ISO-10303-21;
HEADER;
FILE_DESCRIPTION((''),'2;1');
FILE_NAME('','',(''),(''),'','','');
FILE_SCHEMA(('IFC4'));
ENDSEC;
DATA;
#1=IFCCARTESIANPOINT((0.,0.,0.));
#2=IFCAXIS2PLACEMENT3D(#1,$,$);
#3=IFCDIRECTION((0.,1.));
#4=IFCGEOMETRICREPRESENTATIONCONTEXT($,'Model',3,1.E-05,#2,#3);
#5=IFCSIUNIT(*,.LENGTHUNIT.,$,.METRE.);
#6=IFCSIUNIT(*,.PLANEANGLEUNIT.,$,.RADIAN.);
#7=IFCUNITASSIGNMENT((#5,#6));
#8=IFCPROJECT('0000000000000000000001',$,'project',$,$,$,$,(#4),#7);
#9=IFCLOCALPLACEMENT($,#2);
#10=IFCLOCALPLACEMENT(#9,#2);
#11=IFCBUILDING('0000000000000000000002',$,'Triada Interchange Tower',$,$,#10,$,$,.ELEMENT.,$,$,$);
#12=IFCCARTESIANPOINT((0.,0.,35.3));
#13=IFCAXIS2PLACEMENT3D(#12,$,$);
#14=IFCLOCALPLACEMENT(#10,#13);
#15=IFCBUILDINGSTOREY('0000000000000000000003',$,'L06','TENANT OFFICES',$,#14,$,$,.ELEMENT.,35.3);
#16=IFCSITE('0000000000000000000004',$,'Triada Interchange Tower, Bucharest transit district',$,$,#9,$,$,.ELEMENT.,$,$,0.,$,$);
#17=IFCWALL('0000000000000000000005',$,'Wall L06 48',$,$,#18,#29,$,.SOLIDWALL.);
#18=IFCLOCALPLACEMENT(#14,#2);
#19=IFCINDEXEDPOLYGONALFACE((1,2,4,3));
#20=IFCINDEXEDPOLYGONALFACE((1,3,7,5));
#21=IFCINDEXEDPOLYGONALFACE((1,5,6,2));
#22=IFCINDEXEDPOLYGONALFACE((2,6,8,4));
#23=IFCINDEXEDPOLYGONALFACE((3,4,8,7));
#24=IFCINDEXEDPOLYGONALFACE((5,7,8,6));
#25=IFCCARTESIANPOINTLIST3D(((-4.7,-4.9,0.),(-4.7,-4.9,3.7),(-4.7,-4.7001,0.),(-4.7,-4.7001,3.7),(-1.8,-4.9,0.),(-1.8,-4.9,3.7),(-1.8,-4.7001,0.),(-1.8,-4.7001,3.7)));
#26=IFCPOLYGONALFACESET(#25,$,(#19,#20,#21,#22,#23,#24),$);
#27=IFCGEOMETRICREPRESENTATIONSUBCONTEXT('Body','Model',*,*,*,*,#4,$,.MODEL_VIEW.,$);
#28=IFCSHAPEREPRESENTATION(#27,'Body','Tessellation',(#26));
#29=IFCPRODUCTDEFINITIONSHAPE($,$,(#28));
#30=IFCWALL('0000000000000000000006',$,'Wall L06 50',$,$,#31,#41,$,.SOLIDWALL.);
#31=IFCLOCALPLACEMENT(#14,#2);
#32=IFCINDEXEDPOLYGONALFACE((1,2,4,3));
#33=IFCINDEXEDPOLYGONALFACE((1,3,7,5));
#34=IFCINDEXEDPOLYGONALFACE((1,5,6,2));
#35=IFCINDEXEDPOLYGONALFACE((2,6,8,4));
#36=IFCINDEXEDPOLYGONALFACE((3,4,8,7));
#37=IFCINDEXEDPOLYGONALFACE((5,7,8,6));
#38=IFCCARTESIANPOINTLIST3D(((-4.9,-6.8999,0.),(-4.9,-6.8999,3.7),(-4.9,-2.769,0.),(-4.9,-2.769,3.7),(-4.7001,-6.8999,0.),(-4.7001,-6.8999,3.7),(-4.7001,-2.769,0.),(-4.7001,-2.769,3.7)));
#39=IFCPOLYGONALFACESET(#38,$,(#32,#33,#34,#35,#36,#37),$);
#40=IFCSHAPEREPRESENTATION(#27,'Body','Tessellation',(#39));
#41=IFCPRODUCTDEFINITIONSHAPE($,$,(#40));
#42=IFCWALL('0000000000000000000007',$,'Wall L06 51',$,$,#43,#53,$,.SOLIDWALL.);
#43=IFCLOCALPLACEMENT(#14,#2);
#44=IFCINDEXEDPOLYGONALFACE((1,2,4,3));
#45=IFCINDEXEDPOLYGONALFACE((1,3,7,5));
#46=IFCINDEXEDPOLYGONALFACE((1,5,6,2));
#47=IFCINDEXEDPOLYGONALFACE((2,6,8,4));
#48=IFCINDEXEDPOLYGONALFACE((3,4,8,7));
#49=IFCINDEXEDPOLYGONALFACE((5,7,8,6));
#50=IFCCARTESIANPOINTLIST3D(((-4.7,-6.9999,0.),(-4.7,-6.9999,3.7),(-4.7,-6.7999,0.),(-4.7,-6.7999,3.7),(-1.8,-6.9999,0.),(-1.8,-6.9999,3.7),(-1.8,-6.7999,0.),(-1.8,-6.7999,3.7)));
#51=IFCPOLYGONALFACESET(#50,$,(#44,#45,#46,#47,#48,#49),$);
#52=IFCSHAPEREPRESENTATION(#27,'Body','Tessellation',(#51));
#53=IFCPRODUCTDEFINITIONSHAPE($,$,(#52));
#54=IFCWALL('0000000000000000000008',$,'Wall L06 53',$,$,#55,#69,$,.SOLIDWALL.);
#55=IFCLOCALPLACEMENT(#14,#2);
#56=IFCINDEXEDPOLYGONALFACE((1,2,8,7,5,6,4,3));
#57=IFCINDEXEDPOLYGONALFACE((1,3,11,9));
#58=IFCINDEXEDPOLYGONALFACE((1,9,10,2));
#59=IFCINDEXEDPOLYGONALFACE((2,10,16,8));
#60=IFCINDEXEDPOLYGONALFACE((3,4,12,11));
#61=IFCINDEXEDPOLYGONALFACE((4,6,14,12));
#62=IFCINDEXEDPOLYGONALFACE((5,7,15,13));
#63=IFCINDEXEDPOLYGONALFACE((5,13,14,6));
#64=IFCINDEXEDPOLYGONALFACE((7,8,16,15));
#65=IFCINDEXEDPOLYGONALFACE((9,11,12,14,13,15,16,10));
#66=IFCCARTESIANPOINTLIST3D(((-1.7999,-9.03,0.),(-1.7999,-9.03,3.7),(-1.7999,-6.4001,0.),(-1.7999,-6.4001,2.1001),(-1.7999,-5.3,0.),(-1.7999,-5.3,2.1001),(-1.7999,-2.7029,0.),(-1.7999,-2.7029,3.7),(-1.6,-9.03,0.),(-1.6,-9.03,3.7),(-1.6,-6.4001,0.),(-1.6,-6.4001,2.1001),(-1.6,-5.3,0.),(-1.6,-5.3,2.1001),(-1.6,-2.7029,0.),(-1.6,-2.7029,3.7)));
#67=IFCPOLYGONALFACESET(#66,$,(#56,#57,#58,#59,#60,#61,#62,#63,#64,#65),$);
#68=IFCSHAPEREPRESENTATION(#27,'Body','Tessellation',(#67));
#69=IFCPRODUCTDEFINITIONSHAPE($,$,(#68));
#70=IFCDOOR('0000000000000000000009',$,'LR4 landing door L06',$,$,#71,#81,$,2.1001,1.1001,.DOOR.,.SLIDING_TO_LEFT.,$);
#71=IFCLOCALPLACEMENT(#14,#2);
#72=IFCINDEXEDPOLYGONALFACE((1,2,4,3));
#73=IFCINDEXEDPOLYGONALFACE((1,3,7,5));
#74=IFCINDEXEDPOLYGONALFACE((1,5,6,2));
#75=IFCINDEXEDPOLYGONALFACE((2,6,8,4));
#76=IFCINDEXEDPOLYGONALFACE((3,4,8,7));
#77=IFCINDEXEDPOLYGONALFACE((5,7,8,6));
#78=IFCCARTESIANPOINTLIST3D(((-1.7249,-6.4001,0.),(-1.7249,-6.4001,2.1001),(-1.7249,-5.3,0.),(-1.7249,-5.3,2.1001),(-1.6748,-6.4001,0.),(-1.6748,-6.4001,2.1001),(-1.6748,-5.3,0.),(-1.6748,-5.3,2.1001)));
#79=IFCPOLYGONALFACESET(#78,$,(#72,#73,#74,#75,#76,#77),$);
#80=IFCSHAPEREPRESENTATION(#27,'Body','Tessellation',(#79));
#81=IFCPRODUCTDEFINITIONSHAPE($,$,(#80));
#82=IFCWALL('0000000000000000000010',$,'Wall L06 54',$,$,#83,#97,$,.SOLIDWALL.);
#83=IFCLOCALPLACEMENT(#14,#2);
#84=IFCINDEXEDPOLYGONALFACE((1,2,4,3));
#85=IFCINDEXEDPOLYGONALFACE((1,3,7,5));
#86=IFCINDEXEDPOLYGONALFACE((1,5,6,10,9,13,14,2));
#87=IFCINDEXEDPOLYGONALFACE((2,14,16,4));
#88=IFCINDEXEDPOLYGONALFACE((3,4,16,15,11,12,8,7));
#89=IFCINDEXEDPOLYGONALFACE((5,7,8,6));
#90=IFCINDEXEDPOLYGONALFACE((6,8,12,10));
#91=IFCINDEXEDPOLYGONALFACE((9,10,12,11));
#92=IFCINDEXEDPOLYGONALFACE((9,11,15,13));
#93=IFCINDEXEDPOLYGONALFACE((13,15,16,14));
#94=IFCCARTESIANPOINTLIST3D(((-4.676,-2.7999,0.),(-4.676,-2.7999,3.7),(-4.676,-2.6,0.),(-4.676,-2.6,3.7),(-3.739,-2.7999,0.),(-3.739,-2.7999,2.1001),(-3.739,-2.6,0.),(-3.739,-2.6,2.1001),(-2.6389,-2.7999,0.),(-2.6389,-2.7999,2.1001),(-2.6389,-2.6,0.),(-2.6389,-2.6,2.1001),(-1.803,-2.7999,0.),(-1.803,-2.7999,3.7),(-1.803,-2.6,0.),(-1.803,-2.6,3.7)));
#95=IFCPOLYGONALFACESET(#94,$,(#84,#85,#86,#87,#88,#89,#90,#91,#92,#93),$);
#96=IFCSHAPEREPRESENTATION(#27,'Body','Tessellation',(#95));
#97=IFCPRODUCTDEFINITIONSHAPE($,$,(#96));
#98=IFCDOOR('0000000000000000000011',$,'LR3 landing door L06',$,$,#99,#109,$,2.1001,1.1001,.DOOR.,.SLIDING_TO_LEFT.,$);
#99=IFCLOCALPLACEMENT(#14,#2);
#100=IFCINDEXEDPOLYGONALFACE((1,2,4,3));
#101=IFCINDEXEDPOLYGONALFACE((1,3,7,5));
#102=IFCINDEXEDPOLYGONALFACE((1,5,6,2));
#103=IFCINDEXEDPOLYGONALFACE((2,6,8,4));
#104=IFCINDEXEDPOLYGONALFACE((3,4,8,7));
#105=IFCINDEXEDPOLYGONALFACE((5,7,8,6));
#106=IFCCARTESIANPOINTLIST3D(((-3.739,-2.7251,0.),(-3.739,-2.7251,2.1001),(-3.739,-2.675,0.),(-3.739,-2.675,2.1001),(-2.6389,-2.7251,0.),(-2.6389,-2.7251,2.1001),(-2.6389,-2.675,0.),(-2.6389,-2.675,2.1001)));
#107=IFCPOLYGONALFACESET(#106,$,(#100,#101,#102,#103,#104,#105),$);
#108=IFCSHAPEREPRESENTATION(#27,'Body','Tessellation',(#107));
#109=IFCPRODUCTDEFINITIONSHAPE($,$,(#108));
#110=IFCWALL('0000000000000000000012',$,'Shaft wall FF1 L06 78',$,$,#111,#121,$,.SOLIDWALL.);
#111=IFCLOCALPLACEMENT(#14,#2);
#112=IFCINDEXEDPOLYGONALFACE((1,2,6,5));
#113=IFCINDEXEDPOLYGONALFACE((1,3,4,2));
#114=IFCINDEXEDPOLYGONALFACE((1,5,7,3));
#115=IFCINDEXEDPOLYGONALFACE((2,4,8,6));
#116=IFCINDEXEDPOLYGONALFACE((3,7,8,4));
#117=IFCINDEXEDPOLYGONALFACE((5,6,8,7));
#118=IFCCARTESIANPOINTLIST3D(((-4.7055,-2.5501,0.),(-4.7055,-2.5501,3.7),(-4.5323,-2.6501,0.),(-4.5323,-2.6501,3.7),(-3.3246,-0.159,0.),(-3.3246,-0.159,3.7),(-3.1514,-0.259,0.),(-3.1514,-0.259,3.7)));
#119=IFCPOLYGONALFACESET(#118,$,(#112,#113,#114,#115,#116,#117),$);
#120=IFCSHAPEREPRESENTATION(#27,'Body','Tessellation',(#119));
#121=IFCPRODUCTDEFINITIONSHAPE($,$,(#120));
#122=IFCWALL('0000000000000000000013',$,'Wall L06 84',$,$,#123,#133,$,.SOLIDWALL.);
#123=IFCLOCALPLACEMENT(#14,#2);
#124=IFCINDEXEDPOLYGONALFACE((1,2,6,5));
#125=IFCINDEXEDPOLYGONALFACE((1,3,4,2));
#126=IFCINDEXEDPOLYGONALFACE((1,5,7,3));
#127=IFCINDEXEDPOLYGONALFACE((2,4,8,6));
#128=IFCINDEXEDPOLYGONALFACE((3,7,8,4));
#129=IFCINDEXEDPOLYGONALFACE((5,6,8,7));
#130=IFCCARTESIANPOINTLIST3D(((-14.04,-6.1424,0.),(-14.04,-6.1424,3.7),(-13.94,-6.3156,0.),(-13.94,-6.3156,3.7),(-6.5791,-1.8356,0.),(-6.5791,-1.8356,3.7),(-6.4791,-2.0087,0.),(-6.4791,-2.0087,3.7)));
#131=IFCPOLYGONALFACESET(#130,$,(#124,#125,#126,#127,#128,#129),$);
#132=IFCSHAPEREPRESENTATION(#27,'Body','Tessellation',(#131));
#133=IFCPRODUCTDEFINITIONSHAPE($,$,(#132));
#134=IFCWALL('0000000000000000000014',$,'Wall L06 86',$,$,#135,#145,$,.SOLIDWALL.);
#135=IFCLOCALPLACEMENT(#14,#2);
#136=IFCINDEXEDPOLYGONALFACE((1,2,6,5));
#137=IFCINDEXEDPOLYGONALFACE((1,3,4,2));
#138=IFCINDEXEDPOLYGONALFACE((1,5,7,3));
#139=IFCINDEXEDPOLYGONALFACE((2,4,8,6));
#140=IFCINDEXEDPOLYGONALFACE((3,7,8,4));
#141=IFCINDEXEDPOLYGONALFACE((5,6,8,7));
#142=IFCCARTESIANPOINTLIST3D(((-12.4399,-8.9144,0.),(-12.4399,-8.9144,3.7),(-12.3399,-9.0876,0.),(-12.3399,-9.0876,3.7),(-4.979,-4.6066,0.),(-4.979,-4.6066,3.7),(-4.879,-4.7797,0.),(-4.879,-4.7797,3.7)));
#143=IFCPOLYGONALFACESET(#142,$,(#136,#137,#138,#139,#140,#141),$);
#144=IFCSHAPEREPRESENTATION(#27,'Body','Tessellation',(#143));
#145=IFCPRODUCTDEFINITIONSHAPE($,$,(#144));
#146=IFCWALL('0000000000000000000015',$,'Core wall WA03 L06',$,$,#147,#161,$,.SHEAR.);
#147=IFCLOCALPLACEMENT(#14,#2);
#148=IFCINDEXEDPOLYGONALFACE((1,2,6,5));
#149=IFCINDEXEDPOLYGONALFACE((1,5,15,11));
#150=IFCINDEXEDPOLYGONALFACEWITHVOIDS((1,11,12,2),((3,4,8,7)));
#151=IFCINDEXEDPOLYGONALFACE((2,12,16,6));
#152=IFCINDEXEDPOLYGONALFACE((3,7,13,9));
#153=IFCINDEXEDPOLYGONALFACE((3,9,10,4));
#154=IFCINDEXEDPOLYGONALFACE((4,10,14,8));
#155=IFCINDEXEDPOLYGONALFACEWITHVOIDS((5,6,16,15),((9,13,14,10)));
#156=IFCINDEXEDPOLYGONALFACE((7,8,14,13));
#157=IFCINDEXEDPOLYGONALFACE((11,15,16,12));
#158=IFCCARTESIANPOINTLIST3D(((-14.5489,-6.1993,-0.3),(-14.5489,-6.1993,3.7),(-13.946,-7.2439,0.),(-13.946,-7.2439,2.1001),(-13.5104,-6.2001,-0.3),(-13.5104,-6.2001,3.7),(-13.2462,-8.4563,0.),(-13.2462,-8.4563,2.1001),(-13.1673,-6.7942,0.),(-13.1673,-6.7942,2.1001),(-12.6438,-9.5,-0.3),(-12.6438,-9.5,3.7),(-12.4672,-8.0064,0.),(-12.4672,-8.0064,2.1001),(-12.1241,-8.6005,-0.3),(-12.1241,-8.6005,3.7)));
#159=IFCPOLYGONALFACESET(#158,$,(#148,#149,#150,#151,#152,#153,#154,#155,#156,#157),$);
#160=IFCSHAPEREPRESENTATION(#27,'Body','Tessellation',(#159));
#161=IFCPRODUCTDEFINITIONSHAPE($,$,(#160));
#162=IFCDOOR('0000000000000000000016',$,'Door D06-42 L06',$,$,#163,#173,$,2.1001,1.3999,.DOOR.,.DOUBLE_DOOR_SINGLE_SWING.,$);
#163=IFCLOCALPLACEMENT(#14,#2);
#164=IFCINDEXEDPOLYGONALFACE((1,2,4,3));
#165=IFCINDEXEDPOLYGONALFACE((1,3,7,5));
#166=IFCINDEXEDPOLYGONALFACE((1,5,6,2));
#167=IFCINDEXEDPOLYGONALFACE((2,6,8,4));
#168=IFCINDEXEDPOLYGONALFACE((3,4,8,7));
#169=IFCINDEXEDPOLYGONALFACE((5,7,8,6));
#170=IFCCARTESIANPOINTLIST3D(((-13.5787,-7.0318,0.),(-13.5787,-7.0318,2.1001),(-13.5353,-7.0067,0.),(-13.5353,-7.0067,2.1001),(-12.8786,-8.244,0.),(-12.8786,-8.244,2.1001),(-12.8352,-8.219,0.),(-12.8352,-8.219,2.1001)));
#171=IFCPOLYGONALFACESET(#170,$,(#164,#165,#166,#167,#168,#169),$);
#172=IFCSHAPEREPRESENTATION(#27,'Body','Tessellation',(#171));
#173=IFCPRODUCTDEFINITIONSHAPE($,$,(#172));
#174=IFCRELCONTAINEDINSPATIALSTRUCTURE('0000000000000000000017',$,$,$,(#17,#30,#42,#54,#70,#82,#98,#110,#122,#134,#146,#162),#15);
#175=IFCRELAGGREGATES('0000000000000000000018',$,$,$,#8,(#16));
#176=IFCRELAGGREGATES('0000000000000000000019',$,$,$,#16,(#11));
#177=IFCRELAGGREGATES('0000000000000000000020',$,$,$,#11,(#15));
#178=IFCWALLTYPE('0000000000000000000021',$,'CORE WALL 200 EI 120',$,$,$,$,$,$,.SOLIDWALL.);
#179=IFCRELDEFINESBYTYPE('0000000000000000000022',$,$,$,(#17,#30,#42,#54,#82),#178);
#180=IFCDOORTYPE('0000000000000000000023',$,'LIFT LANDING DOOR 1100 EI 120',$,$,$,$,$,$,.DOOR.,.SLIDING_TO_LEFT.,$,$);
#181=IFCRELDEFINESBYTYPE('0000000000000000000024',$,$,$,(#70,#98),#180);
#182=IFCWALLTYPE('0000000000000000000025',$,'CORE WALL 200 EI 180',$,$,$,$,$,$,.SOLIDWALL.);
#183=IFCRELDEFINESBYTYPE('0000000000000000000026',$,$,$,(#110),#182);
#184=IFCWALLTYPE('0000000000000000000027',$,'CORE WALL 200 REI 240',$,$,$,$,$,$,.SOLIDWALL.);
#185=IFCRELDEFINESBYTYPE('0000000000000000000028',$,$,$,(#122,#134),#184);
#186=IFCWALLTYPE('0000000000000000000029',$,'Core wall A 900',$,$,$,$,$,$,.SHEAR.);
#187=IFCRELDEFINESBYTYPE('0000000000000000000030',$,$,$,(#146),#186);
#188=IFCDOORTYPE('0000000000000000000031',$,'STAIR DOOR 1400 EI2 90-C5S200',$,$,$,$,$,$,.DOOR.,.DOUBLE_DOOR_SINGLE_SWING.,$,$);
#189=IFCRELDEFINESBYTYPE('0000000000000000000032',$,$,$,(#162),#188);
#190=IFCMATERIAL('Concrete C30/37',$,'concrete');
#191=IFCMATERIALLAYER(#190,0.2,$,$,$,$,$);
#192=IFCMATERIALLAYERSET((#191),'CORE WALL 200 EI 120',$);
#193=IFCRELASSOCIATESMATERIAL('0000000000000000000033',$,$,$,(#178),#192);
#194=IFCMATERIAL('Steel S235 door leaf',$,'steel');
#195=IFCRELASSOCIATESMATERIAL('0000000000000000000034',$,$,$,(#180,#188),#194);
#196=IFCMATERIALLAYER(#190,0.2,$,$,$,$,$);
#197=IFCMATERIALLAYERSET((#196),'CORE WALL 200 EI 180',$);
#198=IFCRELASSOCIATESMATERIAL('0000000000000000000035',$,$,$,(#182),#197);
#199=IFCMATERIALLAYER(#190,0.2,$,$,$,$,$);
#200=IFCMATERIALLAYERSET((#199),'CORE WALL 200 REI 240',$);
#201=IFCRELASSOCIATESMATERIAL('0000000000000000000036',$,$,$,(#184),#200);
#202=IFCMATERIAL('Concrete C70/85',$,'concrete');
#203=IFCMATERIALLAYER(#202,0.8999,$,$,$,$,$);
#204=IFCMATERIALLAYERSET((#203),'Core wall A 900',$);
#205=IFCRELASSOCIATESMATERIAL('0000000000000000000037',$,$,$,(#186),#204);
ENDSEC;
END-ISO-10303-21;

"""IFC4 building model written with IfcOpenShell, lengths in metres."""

from ifc_helpers import new_model, si_unit, direction, frame, frame_2d, origin, place, context, subcontext, project, spatial, polyline, rectangle, outline, extrude, material, layer, layer_set, type_object, element, fill, save


model = new_model("IFC4")

# Units and contexts
model_context = context("Model", 3, precision=1e-05, world=origin(), true_north=direction((0.0, 1.0)))
body_context = subcontext(model_context, "Body", "Model", "MODEL_VIEW")
ifc_project = project(units=[si_unit("LENGTHUNIT", "METRE"), si_unit("PLANEANGLEUNIT", "RADIAN")], contexts=[model_context])

# Site, building, storey
site_placement = place(None, origin())
site = spatial("IfcSite", under=ifc_project, at=site_placement, Name="Triada Interchange Tower, Bucharest transit district", CompositionType="ELEMENT", RefElevation=0.0)
building_placement = place(site_placement, origin())
building = spatial("IfcBuilding", under=site, at=building_placement, Name="Triada Interchange Tower", CompositionType="ELEMENT")
storey_placement = place(building_placement, frame((0.0, 0.0, 35.3)))
storey = spatial("IfcBuildingStorey", under=building, at=storey_placement, Name="L06", Description="TENANT OFFICES", CompositionType="ELEMENT", Elevation=35.3)

# Walls
ifc_material_1 = material(Name="Concrete C30/37", Category="concrete")
ifc_layer_1 = layer(ifc_material_1, 0.2)
ifc_layer_set_1 = layer_set([ifc_layer_1], Name="CORE WALL 200 EI 120")
wall_type_1 = type_object("IfcWallType", Name="CORE WALL 200 EI 120", PredefinedType="SOLIDWALL", material=ifc_layer_set_1)
wall_1_placement = place(storey_placement, frame((-4.7, -4.8, 0.0), z_axis=(0.0, 0.0, 1.0), x_axis=(1.0, 0.0, 0.0)))
element("IfcWall", 1, at=wall_1_placement, inside=storey, type_object=wall_type_1, Name="Wall L06 48", PredefinedType="SOLIDWALL", context=body_context, shape_type="SweptSolid", body=[
    extrude(rectangle(XDim=2.8999, YDim=0.2, at=frame_2d((1.45, 0.0))), origin(), (0.0, 0.0, 1.0), 3.7),
])
wall_2_placement = place(storey_placement, frame((-4.8, -6.8999, 0.0), z_axis=(0.0, 0.0, 1.0), x_axis=(0.0, 1.0, 0.0)))
element("IfcWall", 2, at=wall_2_placement, inside=storey, type_object=wall_type_1, Name="Wall L06 50", PredefinedType="SOLIDWALL", context=body_context, shape_type="SweptSolid", body=[
    extrude(rectangle(XDim=4.1309, YDim=0.2, at=frame_2d((2.0654, 0.0))), origin(), (0.0, 0.0, 1.0), 3.7),
])
wall_3_placement = place(storey_placement, frame((-4.7, -6.8999, 0.0), z_axis=(0.0, 0.0, 1.0), x_axis=(1.0, 0.0, 0.0)))
element("IfcWall", 3, at=wall_3_placement, inside=storey, type_object=wall_type_1, Name="Wall L06 51", PredefinedType="SOLIDWALL", context=body_context, shape_type="SweptSolid", body=[
    extrude(rectangle(XDim=2.8999, YDim=0.2, at=frame_2d((1.45, 0.0))), origin(), (0.0, 0.0, 1.0), 3.7),
])

# Walls, openings, doors
wall_4_placement = place(storey_placement, frame((-1.7, -9.03, 0.0), z_axis=(0.0, 0.0, 1.0), x_axis=(0.0, 1.0, 0.0)))
wall_4 = element("IfcWall", 4, at=wall_4_placement, inside=storey, type_object=wall_type_1, Name="Wall L06 53", PredefinedType="SOLIDWALL", context=body_context, shape_type="SweptSolid", body=[
    extrude(rectangle(XDim=6.3271, YDim=0.2, at=frame_2d((3.1636, 0.0))), origin(), (0.0, 0.0, 1.0), 3.7),
])
opening_1_placement = place(wall_4_placement, frame((2.6299, 0.0, 0.0)))
opening_1 = element("IfcOpeningElement", 5, at=opening_1_placement, cuts=wall_4, PredefinedType="OPENING", context=body_context, shape_type="SweptSolid", body=[
    extrude(rectangle(XDim=1.1001, YDim=2.1001, at=frame_2d((0.55, 1.05))), frame((0.0, 0.1099, 0.0), z_axis=(0.0, -1.0, 0.0), x_axis=(1.0, 0.0, 0.0)), (0.0, 0.0, 1.0), 0.22),
])
ifc_material_2 = material(Name="Steel S235 door leaf", Category="steel")
door_type_1 = type_object("IfcDoorType", Name="LIFT LANDING DOOR 1100 EI 120", OperationType="SLIDING_TO_LEFT", PredefinedType="DOOR", material=ifc_material_2)
door_1_placement = place(opening_1_placement, origin())
door_1 = element("IfcDoor", 6, at=door_1_placement, inside=storey, type_object=door_type_1, Name="LR4 landing door L06", OperationType="SLIDING_TO_LEFT", OverallHeight=2.1001, OverallWidth=1.1001, PredefinedType="DOOR", context=body_context, shape_type="SweptSolid", body=[
    extrude(rectangle(XDim=1.1001, YDim=2.1001, at=frame_2d((0.55, 1.05))), frame((0.0, 0.0249, 0.0), z_axis=(0.0, -1.0, 0.0), x_axis=(1.0, 0.0, 0.0)), (0.0, 0.0, 1.0), 0.05),
])
fill(opening_1, door_1)
wall_5_placement = place(storey_placement, frame((-4.676, -2.7, 0.0), z_axis=(0.0, 0.0, 1.0), x_axis=(1.0, 0.0, 0.0)))
wall_5 = element("IfcWall", 7, at=wall_5_placement, inside=storey, type_object=wall_type_1, Name="Wall L06 54", PredefinedType="SOLIDWALL", context=body_context, shape_type="SweptSolid", body=[
    extrude(rectangle(XDim=2.873, YDim=0.2, at=frame_2d((1.4365, 0.0))), origin(), (0.0, 0.0, 1.0), 3.7),
])
opening_2_placement = place(wall_5_placement, frame((0.937, 0.0, 0.0)))
opening_2 = element("IfcOpeningElement", 8, at=opening_2_placement, cuts=wall_5, PredefinedType="OPENING", context=body_context, shape_type="SweptSolid", body=[
    extrude(rectangle(XDim=1.1001, YDim=2.1001, at=frame_2d((0.55, 1.05))), frame((0.0, 0.1099, 0.0), z_axis=(0.0, -1.0, 0.0), x_axis=(1.0, 0.0, 0.0)), (0.0, 0.0, 1.0), 0.22),
])
door_2_placement = place(opening_2_placement, origin())
door_2 = element("IfcDoor", 9, at=door_2_placement, inside=storey, type_object=door_type_1, Name="LR3 landing door L06", OperationType="SLIDING_TO_LEFT", OverallHeight=2.1001, OverallWidth=1.1001, PredefinedType="DOOR", context=body_context, shape_type="SweptSolid", body=[
    extrude(rectangle(XDim=1.1001, YDim=2.1001, at=frame_2d((0.55, 1.05))), frame((0.0, 0.0249, 0.0), z_axis=(0.0, -1.0, 0.0), x_axis=(1.0, 0.0, 0.0)), (0.0, 0.0, 1.0), 0.05),
])
fill(opening_2, door_2)

# Walls
ifc_layer_2 = layer(ifc_material_1, 0.2)
ifc_layer_set_2 = layer_set([ifc_layer_2], Name="CORE WALL 200 EI 180")
wall_type_2 = type_object("IfcWallType", Name="CORE WALL 200 EI 180", PredefinedType="SOLIDWALL", material=ifc_layer_set_2)
wall_6_placement = place(storey_placement, frame((-4.6189, -2.6001, 0.0), z_axis=(0.0, 0.0, 1.0), x_axis=(0.500095, 0.865971, 0.0)))
element("IfcWall", 10, at=wall_6_placement, inside=storey, type_object=wall_type_2, Name="Shaft wall FF1 L06 78", PredefinedType="SOLIDWALL", context=body_context, shape_type="SweptSolid", body=[
    extrude(rectangle(XDim=2.7612, YDim=0.2, at=frame_2d((1.3806, 0.0))), origin(), (0.0, 0.0, 1.0), 3.7),
])
ifc_layer_3 = layer(ifc_material_1, 0.2)
ifc_layer_set_3 = layer_set([ifc_layer_3], Name="CORE WALL 200 REI 240")
wall_type_3 = type_object("IfcWallType", Name="CORE WALL 200 REI 240", PredefinedType="SOLIDWALL", material=ifc_layer_set_3)
wall_7_placement = place(storey_placement, frame((-13.99, -6.229, 0.0), z_axis=(0.0, 0.0, 1.0), x_axis=(0.86606, 0.49994, 0.0)))
element("IfcWall", 11, at=wall_7_placement, inside=storey, type_object=wall_type_3, Name="Wall L06 84", PredefinedType="SOLIDWALL", context=body_context, shape_type="SweptSolid", body=[
    extrude(rectangle(XDim=8.6147, YDim=0.2, at=frame_2d((4.3074, 0.0))), origin(), (0.0, 0.0, 1.0), 3.7),
])
wall_8_placement = place(storey_placement, frame((-12.3899, -9.001, 0.0), z_axis=(0.0, 0.0, 1.0), x_axis=(0.866011, 0.500025, 0.0)))
element("IfcWall", 12, at=wall_8_placement, inside=storey, type_object=wall_type_3, Name="Wall L06 86", PredefinedType="SOLIDWALL", context=body_context, shape_type="SweptSolid", body=[
    extrude(rectangle(XDim=8.6152, YDim=0.2, at=frame_2d((4.3076, 0.0))), origin(), (0.0, 0.0, 1.0), 3.7),
])

# Wall, opening, door
ifc_material_3 = material(Name="Concrete C70/85", Category="concrete")
ifc_layer_4 = layer(ifc_material_3, 0.8999)
ifc_layer_set_4 = layer_set([ifc_layer_4], Name="Core wall A 900")
wall_type_4 = type_object("IfcWallType", Name="Core wall A 900", PredefinedType="SHEAR", material=ifc_layer_set_4)
wall_9_placement = place(storey_placement, frame((-14.03, -6.2, -0.3), z_axis=(0.0, 0.0, 1.0), x_axis=(0.500112, -0.865961, 0.0)))
wall_9 = element("IfcWall", 13, at=wall_9_placement, inside=storey, type_object=wall_type_4, Name="Core wall WA03 L06", PredefinedType="SHEAR", context=body_context, shape_type="SweptSolid", body=[
    extrude(outline(polyline([(-0.26, -0.449), (1.6455, -0.4495), (3.551, -0.45), (3.032, 0.45), (1.646, 0.45), (0.26, 0.45), (-0.26, -0.449)])), origin(), (0.0, 0.0, 1.0), 4.0),
])
opening_3_placement = place(wall_9_placement, frame((0.946, 0.0, 0.3)))
opening_3 = element("IfcOpeningElement", 14, at=opening_3_placement, cuts=wall_9, PredefinedType="OPENING", context=body_context, shape_type="SweptSolid", body=[
    extrude(rectangle(XDim=1.3999, YDim=2.1001, at=frame_2d((0.7, 1.05))), frame((0.0, 0.46, 0.0), z_axis=(0.0, -1.0, 0.0), x_axis=(1.0, 0.0, 0.0)), (0.0, 0.0, 1.0), 0.9199),
])
door_type_2 = type_object("IfcDoorType", Name="STAIR DOOR 1400 EI2 90-C5S200", OperationType="DOUBLE_DOOR_SINGLE_SWING", PredefinedType="DOOR", material=ifc_material_2)
door_3_placement = place(opening_3_placement, origin())
door_3 = element("IfcDoor", 15, at=door_3_placement, inside=storey, type_object=door_type_2, Name="Door D06-42 L06", OperationType="DOUBLE_DOOR_SINGLE_SWING", OverallHeight=2.1001, OverallWidth=1.3999, PredefinedType="DOOR", context=body_context, shape_type="SweptSolid", body=[
    extrude(rectangle(XDim=1.3999, YDim=2.1001, at=frame_2d((0.7, 1.05))), frame((0.0, 0.0249, 0.0), z_axis=(0.0, -1.0, 0.0), x_axis=(1.0, 0.0, 0.0)), (0.0, 0.0, 1.0), 0.05),
])
fill(opening_3, door_3)

save(model, "model.ifc")
